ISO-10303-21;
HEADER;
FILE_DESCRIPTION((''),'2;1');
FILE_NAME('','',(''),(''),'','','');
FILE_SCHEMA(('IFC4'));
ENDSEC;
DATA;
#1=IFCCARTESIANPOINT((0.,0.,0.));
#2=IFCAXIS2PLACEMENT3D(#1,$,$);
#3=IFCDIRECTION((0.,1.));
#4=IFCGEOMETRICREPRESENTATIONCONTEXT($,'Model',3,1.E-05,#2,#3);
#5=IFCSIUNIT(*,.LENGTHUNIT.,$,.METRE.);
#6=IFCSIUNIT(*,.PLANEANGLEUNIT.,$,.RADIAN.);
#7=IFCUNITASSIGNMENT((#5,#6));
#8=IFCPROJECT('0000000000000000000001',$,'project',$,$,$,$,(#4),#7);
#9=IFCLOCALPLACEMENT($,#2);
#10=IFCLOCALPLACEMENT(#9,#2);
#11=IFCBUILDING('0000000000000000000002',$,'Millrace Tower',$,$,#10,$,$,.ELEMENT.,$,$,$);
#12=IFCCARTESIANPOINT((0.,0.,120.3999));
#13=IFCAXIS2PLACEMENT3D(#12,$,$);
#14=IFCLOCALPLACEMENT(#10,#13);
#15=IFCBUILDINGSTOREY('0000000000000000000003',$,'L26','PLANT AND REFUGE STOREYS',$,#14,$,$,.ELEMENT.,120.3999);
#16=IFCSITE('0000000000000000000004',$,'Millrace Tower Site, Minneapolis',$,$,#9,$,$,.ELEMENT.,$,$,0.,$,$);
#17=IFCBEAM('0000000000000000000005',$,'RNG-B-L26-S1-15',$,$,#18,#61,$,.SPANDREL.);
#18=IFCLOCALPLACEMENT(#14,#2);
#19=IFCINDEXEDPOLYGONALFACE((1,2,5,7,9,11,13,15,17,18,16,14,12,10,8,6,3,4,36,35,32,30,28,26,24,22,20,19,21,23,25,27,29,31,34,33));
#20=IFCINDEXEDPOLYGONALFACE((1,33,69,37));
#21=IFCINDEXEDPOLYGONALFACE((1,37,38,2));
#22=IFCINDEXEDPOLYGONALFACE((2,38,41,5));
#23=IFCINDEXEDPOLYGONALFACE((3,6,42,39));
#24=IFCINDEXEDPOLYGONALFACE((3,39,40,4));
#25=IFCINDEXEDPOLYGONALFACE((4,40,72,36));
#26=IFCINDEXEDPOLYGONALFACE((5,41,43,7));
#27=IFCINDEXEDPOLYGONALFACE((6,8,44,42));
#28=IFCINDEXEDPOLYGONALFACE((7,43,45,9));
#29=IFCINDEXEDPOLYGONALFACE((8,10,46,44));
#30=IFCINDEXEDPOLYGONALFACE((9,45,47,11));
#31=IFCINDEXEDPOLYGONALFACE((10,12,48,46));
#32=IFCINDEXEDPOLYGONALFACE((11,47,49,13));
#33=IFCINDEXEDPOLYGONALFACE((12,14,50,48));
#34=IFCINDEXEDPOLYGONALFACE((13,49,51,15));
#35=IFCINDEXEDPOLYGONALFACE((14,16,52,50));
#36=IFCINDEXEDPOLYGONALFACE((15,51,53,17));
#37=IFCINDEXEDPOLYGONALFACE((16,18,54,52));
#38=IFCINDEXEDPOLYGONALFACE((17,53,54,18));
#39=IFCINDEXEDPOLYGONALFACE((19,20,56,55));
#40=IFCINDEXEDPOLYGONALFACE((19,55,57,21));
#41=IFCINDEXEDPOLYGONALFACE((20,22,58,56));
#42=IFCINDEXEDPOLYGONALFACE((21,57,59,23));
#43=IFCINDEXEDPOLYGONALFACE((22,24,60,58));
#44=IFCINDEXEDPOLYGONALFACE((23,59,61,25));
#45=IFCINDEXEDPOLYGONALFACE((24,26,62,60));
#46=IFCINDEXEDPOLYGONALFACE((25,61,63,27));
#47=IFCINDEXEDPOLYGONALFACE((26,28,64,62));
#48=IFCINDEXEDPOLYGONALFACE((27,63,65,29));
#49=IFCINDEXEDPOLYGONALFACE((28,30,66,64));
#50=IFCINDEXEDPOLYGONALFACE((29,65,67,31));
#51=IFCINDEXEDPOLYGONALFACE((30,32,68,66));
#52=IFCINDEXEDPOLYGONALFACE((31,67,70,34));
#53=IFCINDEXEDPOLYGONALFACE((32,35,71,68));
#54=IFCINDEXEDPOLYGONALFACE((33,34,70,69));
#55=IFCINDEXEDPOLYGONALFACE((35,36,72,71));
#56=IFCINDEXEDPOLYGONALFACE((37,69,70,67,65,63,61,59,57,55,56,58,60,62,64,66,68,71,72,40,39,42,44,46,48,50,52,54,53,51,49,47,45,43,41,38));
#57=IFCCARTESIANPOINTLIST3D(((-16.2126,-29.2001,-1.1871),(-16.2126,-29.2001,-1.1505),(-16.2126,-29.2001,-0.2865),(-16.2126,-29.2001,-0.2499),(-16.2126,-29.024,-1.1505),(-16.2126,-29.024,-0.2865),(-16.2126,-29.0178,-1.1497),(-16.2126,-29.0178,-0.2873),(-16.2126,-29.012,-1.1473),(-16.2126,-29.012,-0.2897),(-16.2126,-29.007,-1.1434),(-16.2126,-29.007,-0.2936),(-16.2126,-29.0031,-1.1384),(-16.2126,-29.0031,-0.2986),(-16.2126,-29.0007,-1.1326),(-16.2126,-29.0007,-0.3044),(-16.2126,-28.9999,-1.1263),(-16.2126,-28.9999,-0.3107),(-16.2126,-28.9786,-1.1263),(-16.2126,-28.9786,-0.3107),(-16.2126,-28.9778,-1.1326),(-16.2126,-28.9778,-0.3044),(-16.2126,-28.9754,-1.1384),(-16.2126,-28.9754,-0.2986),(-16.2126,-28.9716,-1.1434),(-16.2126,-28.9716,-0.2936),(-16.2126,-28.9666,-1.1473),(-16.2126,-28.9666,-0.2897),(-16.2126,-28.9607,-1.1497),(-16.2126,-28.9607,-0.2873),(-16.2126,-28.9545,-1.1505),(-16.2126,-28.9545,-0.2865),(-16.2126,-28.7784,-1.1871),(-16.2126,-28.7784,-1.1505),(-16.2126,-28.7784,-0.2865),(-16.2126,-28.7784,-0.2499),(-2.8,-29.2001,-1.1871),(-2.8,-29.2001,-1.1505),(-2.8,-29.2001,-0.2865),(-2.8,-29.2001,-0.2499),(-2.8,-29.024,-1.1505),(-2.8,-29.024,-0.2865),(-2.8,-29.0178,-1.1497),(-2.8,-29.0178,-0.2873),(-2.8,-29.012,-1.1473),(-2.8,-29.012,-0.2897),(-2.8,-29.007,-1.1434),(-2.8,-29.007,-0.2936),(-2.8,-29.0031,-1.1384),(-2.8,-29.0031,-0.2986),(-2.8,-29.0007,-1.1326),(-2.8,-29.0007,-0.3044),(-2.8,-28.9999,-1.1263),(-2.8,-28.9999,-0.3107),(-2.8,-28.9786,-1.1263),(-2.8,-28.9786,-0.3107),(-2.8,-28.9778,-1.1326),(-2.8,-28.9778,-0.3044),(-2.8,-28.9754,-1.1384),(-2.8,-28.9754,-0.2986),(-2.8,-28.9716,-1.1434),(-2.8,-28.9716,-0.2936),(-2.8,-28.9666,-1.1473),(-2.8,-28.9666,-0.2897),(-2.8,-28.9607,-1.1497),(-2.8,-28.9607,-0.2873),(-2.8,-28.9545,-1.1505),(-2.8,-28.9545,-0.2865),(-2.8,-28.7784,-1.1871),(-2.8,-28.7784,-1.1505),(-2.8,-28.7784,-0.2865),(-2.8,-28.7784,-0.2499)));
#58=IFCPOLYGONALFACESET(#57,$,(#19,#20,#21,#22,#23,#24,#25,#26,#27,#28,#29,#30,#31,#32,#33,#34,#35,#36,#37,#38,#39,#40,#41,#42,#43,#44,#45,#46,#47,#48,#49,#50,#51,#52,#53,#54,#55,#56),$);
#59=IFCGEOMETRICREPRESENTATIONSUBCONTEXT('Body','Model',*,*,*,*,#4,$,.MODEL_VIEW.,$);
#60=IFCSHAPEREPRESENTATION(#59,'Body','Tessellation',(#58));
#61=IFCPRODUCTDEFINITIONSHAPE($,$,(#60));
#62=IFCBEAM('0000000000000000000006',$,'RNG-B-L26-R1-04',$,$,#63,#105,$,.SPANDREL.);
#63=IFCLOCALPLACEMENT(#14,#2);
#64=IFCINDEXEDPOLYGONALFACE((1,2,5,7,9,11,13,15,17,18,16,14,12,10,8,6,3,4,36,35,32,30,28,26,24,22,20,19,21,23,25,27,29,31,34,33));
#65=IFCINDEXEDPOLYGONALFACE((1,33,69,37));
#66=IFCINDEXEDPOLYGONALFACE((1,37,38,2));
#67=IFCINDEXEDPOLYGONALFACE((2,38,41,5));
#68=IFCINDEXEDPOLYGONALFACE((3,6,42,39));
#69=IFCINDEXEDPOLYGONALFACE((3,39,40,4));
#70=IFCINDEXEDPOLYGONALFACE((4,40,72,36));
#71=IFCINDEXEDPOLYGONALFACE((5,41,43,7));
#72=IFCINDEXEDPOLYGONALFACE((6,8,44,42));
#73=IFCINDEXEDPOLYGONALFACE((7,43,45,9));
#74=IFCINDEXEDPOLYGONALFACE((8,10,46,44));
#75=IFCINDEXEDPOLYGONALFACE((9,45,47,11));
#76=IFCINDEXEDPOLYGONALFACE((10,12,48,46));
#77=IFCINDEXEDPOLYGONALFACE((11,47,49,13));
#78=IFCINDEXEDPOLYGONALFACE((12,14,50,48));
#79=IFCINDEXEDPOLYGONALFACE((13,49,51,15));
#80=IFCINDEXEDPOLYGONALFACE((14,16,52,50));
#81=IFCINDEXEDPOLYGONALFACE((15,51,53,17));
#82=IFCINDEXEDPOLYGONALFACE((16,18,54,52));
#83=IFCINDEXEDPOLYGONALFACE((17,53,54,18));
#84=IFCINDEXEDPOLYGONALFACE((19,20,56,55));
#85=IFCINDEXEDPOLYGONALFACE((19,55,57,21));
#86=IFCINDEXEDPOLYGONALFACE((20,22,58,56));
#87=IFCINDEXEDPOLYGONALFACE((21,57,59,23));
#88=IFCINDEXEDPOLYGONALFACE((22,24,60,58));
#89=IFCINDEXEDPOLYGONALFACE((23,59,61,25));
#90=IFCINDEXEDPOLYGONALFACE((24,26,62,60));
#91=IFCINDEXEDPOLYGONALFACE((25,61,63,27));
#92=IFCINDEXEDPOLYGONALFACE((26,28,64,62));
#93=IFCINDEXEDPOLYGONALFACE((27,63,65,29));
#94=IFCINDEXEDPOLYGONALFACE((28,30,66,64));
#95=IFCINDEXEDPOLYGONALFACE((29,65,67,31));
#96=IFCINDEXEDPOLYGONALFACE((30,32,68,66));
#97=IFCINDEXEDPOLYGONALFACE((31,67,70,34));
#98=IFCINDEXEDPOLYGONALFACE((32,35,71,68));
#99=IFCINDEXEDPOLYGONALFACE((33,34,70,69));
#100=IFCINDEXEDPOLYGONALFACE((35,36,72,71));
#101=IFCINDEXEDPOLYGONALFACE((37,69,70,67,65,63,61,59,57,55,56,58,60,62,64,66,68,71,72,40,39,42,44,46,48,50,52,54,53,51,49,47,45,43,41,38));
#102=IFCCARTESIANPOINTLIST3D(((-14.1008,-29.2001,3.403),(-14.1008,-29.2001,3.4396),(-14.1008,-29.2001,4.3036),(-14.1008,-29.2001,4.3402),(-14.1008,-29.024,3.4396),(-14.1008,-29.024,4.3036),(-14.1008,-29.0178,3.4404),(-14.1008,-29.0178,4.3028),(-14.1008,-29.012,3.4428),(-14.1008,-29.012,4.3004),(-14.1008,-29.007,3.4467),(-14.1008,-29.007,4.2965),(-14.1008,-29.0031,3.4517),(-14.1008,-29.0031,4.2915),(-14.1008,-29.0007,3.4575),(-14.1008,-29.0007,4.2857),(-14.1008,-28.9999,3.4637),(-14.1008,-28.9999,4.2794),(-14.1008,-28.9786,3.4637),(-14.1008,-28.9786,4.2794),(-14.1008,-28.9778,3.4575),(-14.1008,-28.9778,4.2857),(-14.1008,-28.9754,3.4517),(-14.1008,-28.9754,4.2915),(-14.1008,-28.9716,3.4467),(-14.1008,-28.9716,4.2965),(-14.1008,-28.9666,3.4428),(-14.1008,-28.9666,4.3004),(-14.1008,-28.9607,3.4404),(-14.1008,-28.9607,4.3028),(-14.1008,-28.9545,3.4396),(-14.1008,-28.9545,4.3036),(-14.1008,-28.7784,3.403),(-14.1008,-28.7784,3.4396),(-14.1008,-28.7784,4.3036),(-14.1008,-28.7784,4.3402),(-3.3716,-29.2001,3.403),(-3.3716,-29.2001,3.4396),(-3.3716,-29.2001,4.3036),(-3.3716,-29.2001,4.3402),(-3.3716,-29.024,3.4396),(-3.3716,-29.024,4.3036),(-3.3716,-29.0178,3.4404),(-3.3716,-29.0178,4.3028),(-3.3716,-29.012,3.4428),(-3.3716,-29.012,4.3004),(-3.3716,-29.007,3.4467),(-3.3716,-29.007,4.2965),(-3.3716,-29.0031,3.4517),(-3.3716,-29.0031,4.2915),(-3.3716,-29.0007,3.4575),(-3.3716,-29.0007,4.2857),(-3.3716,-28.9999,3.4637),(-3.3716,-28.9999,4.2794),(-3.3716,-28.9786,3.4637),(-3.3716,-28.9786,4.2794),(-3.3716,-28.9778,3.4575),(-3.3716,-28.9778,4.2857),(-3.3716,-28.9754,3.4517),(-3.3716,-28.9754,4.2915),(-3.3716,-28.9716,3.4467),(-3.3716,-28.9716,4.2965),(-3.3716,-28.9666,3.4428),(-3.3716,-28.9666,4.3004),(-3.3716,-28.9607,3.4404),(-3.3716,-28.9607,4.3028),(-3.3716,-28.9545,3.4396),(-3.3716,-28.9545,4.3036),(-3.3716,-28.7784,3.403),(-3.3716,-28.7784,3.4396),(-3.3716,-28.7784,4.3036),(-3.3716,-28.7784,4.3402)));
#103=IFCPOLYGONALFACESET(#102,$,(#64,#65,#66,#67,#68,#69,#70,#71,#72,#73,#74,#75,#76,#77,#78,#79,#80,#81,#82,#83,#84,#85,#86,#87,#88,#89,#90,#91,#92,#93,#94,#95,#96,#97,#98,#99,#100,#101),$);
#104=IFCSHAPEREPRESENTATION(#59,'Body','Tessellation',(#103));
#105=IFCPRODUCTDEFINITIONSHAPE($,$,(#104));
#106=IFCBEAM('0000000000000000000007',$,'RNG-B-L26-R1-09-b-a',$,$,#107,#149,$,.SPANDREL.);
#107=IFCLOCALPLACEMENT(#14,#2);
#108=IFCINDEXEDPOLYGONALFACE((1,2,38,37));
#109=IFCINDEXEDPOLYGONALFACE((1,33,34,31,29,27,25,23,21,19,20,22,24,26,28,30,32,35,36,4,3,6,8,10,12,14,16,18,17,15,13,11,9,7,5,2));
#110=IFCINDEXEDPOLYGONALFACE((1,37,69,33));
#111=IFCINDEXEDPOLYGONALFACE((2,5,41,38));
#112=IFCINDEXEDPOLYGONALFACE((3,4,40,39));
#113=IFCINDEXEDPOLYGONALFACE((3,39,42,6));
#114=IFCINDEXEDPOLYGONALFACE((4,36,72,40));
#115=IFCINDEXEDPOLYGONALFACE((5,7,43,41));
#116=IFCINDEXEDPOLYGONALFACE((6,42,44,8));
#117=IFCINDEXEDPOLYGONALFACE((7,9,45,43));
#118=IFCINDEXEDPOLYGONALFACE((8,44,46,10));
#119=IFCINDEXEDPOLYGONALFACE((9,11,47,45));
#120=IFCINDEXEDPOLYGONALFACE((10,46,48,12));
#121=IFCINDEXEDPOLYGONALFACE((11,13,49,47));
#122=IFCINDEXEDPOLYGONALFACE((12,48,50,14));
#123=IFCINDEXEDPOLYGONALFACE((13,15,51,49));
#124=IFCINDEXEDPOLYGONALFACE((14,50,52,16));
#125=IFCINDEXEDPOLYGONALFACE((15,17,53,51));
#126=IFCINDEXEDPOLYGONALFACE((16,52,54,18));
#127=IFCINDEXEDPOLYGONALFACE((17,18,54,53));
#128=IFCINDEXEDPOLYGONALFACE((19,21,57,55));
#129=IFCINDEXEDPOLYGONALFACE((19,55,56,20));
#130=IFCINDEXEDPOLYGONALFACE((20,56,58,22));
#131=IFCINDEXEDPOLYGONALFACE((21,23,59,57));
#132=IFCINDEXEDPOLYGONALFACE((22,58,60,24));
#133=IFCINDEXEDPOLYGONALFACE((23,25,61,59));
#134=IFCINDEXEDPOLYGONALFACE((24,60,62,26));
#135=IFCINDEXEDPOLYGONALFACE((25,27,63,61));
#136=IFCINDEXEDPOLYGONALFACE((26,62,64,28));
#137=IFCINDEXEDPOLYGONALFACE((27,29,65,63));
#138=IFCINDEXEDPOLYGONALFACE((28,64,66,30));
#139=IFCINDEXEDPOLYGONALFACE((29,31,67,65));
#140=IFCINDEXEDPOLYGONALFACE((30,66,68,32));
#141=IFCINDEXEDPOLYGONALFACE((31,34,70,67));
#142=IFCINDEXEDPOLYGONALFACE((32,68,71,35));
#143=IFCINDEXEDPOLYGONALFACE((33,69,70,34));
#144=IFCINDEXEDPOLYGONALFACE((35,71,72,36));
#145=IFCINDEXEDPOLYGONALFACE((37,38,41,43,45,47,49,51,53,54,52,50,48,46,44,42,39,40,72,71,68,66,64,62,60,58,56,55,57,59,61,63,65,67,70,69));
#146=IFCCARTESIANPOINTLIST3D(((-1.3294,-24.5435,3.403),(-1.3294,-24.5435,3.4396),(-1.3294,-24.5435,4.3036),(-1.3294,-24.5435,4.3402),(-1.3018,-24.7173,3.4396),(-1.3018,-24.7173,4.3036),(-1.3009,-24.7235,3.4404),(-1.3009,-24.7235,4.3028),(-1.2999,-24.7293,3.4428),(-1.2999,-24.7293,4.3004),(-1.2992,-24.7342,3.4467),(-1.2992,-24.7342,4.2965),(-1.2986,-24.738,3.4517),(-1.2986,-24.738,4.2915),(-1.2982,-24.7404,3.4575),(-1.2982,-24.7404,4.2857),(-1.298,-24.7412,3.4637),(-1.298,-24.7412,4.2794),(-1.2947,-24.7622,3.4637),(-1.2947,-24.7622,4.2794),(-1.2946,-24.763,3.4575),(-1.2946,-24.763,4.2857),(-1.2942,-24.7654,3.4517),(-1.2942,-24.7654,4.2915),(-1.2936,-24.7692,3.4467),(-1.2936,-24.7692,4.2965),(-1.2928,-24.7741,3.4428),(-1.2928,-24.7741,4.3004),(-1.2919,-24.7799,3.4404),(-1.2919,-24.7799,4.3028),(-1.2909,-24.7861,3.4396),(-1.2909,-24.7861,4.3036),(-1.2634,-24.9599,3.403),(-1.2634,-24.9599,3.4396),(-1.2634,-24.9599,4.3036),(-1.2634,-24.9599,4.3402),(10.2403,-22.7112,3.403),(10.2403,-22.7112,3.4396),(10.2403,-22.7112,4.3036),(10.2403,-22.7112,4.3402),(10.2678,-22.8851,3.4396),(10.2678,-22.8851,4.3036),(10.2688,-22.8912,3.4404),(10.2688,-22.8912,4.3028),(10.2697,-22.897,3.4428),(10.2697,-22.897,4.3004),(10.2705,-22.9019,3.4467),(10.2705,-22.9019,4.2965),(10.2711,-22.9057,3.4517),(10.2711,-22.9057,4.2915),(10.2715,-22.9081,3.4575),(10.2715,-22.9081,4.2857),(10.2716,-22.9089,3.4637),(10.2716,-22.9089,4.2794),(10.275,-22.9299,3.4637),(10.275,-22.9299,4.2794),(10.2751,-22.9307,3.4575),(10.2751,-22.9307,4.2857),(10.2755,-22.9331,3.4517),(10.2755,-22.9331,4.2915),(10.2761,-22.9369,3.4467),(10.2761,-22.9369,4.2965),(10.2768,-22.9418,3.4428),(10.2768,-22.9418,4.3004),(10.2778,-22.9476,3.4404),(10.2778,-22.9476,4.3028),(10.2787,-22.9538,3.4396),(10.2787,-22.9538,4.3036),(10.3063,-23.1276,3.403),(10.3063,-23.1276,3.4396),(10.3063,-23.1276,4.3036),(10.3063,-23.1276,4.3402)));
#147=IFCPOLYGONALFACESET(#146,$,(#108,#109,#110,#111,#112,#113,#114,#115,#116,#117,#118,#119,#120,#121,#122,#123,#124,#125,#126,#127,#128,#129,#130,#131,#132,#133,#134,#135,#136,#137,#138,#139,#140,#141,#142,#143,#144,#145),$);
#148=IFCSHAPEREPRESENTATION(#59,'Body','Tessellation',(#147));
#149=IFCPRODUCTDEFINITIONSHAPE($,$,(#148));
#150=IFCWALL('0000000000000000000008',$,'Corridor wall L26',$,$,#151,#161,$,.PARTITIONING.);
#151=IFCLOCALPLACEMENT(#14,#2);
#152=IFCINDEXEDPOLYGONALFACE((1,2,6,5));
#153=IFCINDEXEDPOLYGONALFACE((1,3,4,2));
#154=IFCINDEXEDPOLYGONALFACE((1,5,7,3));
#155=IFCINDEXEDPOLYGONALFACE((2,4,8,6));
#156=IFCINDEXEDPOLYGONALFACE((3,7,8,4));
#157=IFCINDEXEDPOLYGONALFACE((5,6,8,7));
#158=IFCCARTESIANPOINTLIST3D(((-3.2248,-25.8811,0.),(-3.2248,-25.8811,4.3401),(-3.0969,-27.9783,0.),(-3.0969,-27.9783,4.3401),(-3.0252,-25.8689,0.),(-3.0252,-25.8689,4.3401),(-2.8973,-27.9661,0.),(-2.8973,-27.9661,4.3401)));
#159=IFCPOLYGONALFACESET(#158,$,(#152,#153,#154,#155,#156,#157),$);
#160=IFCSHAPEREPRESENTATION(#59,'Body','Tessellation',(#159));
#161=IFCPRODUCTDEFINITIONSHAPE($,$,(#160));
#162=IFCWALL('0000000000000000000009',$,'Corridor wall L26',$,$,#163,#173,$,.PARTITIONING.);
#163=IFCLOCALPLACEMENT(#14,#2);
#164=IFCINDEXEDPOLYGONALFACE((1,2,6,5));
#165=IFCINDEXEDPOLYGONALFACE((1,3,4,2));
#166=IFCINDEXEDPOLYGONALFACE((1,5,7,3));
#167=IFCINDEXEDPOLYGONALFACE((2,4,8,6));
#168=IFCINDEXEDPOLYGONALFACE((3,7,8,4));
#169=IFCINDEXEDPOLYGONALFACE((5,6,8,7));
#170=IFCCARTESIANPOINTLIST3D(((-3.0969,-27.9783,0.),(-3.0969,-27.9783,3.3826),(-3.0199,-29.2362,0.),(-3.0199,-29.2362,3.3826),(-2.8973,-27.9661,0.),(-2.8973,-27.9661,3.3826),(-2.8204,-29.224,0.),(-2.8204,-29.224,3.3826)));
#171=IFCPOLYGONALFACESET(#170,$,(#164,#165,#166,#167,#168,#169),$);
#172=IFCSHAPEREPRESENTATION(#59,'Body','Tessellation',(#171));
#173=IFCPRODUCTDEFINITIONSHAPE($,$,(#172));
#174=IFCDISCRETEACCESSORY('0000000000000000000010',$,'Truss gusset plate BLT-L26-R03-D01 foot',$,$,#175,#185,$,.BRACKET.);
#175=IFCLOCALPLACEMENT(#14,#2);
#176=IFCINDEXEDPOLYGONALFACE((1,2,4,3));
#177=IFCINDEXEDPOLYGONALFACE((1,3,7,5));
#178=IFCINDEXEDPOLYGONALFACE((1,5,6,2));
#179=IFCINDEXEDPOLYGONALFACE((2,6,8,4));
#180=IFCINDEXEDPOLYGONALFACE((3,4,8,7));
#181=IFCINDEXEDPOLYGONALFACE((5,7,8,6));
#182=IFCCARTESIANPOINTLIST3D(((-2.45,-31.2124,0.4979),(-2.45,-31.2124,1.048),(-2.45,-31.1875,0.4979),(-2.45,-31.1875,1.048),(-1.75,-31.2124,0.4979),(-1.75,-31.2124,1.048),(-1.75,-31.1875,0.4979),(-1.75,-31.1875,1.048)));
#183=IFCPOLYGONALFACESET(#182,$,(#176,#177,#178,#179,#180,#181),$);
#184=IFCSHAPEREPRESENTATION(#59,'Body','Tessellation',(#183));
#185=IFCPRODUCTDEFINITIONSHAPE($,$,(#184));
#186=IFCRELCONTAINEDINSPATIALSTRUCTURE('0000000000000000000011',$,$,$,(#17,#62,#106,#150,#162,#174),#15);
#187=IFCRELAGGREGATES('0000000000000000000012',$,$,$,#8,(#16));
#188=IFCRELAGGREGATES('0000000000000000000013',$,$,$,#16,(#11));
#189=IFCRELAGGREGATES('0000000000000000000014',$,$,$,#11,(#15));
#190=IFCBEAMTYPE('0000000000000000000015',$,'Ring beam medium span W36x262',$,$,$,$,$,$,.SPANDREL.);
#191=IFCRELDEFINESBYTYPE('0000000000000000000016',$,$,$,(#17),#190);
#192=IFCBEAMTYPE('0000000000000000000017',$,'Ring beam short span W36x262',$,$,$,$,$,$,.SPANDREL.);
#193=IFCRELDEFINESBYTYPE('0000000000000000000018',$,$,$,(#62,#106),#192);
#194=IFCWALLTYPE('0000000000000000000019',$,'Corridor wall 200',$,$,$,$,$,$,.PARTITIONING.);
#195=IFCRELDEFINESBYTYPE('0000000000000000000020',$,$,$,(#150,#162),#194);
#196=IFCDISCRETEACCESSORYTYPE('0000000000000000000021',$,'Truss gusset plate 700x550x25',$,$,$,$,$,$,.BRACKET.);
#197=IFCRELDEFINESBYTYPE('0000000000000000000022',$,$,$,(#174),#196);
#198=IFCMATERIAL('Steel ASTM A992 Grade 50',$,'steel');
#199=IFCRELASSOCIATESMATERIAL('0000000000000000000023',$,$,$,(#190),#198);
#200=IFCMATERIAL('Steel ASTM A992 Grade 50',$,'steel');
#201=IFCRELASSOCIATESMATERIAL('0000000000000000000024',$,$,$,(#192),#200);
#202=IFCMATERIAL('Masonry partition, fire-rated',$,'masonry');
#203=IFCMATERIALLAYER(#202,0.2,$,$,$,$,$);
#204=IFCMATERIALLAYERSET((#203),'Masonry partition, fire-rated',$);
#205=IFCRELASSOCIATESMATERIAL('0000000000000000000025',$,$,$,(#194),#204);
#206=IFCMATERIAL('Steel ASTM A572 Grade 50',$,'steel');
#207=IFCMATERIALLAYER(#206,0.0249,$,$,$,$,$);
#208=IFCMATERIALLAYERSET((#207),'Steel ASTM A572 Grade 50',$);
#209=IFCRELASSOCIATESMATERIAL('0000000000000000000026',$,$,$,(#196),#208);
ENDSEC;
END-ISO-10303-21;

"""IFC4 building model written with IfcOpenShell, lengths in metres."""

from ifc_helpers import new_model, si_unit, direction, frame, frame_2d, origin, origin_2d, place, context, subcontext, project, spatial, rectangle, i_section, extrude, material, layer, layer_set, material_profile, profile_set, type_object, element, save


model = new_model("IFC4")

# Units and contexts
model_context = context("Model", 3, precision=1e-05, world=origin(), true_north=direction((0.0, 1.0)))
body_context = subcontext(model_context, "Body", "Model", "MODEL_VIEW")
ifc_project = project(units=[si_unit("LENGTHUNIT", "METRE"), si_unit("PLANEANGLEUNIT", "RADIAN")], contexts=[model_context])

# Site, building, storey
site_placement = place(None, origin())
site = spatial("IfcSite", under=ifc_project, at=site_placement, Name="Millrace Tower Site, Minneapolis", CompositionType="ELEMENT", RefElevation=0.0)
building_placement = place(site_placement, origin())
building = spatial("IfcBuilding", under=site, at=building_placement, Name="Millrace Tower", CompositionType="ELEMENT")
storey_placement = place(building_placement, frame((0.0, 0.0, 120.3999)))
storey = spatial("IfcBuildingStorey", under=building, at=storey_placement, Name="L26", Description="PLANT AND REFUGE STOREYS", CompositionType="ELEMENT", Elevation=120.3999)

# Beams
ifc_material_1 = material(Name="Steel ASTM A992 Grade 50", Category="steel")
ifc_material_profile_1 = material_profile(ifc_material_1, i_section(OverallWidth=0.4216, OverallDepth=0.9373, WebThickness=0.0212, FlangeThickness=0.0366, FilletRadius=0.0242, at=origin_2d()))
ifc_profile_set_1 = profile_set([ifc_material_profile_1], Name="Steel ASTM A992 Grade 50")
beam_type_1 = type_object("IfcBeamType", Name="Ring beam medium span W36x262", PredefinedType="SPANDREL", material=ifc_profile_set_1)
beam_1_placement = place(storey_placement, frame((-2.8, -28.9893, -0.7185), z_axis=(-1.0, 0.0, 0.0), x_axis=(0.0, -1.0, 0.0)))
element("IfcBeam", 1, at=beam_1_placement, inside=storey, type_object=beam_type_1, Name="RNG-B-L26-S1-15", PredefinedType="SPANDREL", context=body_context, shape_type="SweptSolid", body=[
    extrude(i_section(OverallWidth=0.4216, OverallDepth=0.9373, WebThickness=0.0212, FlangeThickness=0.0366, FilletRadius=0.0242, at=origin_2d()), origin(), (0.0, 0.0, 1.0), 13.4126),
])
ifc_material_2 = material(Name="Steel ASTM A992 Grade 50", Category="steel")
ifc_material_profile_2 = material_profile(ifc_material_2, i_section(OverallWidth=0.4216, OverallDepth=0.9373, WebThickness=0.0212, FlangeThickness=0.0366, FilletRadius=0.0242, at=origin_2d()))
ifc_profile_set_2 = profile_set([ifc_material_profile_2], Name="Steel ASTM A992 Grade 50")
beam_type_2 = type_object("IfcBeamType", Name="Ring beam short span W36x262", PredefinedType="SPANDREL", material=ifc_profile_set_2)
beam_2_placement = place(storey_placement, frame((-3.3716, -28.9893, 3.8716), z_axis=(-1.0, 0.0, 0.0), x_axis=(0.0, -1.0, 0.0)))
element("IfcBeam", 2, at=beam_2_placement, inside=storey, type_object=beam_type_2, Name="RNG-B-L26-R1-04", PredefinedType="SPANDREL", context=body_context, shape_type="SweptSolid", body=[
    extrude(i_section(OverallWidth=0.4216, OverallDepth=0.9373, WebThickness=0.0212, FlangeThickness=0.0366, FilletRadius=0.0242, at=origin_2d()), origin(), (0.0, 0.0, 1.0), 10.7292),
])
beam_3_placement = place(storey_placement, frame((-1.2964, -24.7517, 3.8716), z_axis=(0.987691, 0.156421, 0.0), x_axis=(-0.156421, 0.987691, 0.0)))
element("IfcBeam", 3, at=beam_3_placement, inside=storey, type_object=beam_type_2, Name="RNG-B-L26-R1-09-b-a", PredefinedType="SPANDREL", context=body_context, shape_type="SweptSolid", body=[
    extrude(i_section(OverallWidth=0.4216, OverallDepth=0.9373, WebThickness=0.0212, FlangeThickness=0.0366, FilletRadius=0.0242, at=origin_2d()), origin(), (0.0, 0.0, 1.0), 11.7139),
])

# Walls
ifc_material_3 = material(Name="Masonry partition, fire-rated", Category="masonry")
ifc_layer_1 = layer(ifc_material_3, 0.2)
ifc_layer_set_1 = layer_set([ifc_layer_1], Name="Masonry partition, fire-rated")
wall_type = type_object("IfcWallType", Name="Corridor wall 200", PredefinedType="PARTITIONING", material=ifc_layer_set_1)
wall_1_placement = place(storey_placement, frame((-3.125, -25.875, 0.0), z_axis=(0.0, 0.0, 1.0), x_axis=(0.060888, -0.998145, 0.0)))
element("IfcWall", 4, at=wall_1_placement, inside=storey, type_object=wall_type, Name="Corridor wall L26", PredefinedType="PARTITIONING", context=body_context, shape_type="SweptSolid", body=[
    extrude(rectangle(XDim=2.1011, YDim=0.2, at=frame_2d((1.0505, 0.0))), origin(), (0.0, 0.0, 1.0), 4.3401),
])
wall_2_placement = place(storey_placement, frame((-2.9971, -27.9722, 0.0), z_axis=(0.0, 0.0, 1.0), x_axis=(0.061027, -0.998136, 0.0)))
element("IfcWall", 5, at=wall_2_placement, inside=storey, type_object=wall_type, Name="Corridor wall L26", PredefinedType="PARTITIONING", context=body_context, shape_type="SweptSolid", body=[
    extrude(rectangle(XDim=1.2603, YDim=0.2, at=frame_2d((0.6301, 0.0))), origin(), (0.0, 0.0, 1.0), 3.3826),
])

# Discrete accessory
ifc_material_4 = material(Name="Steel ASTM A572 Grade 50", Category="steel")
ifc_layer_2 = layer(ifc_material_4, 0.0249)
ifc_layer_set_2 = layer_set([ifc_layer_2], Name="Steel ASTM A572 Grade 50")
discrete_accessory_type = type_object("IfcDiscreteAccessoryType", Name="Truss gusset plate 700x550x25", PredefinedType="BRACKET", material=ifc_layer_set_2)
for number, where, z_axis, x_axis, name in (
    (6, (-2.45, -31.2, 0.7729), (1.0, 0.0, 0.0), (0.0, 1.0, 0.0), "Truss gusset plate BLT-L26-R03-D01 foot"),
):
    element("IfcDiscreteAccessory", number, at=place(storey_placement, frame(where, z_axis=z_axis, x_axis=x_axis)), inside=storey, type_object=discrete_accessory_type, Name=name, PredefinedType="BRACKET", context=body_context, shape_type="SweptSolid", body=[
        extrude(rectangle(XDim=0.0249, YDim=0.55, at=origin_2d()), origin(), (0.0, 0.0, 1.0), 0.7),
    ])

save(model, "model.ifc")
